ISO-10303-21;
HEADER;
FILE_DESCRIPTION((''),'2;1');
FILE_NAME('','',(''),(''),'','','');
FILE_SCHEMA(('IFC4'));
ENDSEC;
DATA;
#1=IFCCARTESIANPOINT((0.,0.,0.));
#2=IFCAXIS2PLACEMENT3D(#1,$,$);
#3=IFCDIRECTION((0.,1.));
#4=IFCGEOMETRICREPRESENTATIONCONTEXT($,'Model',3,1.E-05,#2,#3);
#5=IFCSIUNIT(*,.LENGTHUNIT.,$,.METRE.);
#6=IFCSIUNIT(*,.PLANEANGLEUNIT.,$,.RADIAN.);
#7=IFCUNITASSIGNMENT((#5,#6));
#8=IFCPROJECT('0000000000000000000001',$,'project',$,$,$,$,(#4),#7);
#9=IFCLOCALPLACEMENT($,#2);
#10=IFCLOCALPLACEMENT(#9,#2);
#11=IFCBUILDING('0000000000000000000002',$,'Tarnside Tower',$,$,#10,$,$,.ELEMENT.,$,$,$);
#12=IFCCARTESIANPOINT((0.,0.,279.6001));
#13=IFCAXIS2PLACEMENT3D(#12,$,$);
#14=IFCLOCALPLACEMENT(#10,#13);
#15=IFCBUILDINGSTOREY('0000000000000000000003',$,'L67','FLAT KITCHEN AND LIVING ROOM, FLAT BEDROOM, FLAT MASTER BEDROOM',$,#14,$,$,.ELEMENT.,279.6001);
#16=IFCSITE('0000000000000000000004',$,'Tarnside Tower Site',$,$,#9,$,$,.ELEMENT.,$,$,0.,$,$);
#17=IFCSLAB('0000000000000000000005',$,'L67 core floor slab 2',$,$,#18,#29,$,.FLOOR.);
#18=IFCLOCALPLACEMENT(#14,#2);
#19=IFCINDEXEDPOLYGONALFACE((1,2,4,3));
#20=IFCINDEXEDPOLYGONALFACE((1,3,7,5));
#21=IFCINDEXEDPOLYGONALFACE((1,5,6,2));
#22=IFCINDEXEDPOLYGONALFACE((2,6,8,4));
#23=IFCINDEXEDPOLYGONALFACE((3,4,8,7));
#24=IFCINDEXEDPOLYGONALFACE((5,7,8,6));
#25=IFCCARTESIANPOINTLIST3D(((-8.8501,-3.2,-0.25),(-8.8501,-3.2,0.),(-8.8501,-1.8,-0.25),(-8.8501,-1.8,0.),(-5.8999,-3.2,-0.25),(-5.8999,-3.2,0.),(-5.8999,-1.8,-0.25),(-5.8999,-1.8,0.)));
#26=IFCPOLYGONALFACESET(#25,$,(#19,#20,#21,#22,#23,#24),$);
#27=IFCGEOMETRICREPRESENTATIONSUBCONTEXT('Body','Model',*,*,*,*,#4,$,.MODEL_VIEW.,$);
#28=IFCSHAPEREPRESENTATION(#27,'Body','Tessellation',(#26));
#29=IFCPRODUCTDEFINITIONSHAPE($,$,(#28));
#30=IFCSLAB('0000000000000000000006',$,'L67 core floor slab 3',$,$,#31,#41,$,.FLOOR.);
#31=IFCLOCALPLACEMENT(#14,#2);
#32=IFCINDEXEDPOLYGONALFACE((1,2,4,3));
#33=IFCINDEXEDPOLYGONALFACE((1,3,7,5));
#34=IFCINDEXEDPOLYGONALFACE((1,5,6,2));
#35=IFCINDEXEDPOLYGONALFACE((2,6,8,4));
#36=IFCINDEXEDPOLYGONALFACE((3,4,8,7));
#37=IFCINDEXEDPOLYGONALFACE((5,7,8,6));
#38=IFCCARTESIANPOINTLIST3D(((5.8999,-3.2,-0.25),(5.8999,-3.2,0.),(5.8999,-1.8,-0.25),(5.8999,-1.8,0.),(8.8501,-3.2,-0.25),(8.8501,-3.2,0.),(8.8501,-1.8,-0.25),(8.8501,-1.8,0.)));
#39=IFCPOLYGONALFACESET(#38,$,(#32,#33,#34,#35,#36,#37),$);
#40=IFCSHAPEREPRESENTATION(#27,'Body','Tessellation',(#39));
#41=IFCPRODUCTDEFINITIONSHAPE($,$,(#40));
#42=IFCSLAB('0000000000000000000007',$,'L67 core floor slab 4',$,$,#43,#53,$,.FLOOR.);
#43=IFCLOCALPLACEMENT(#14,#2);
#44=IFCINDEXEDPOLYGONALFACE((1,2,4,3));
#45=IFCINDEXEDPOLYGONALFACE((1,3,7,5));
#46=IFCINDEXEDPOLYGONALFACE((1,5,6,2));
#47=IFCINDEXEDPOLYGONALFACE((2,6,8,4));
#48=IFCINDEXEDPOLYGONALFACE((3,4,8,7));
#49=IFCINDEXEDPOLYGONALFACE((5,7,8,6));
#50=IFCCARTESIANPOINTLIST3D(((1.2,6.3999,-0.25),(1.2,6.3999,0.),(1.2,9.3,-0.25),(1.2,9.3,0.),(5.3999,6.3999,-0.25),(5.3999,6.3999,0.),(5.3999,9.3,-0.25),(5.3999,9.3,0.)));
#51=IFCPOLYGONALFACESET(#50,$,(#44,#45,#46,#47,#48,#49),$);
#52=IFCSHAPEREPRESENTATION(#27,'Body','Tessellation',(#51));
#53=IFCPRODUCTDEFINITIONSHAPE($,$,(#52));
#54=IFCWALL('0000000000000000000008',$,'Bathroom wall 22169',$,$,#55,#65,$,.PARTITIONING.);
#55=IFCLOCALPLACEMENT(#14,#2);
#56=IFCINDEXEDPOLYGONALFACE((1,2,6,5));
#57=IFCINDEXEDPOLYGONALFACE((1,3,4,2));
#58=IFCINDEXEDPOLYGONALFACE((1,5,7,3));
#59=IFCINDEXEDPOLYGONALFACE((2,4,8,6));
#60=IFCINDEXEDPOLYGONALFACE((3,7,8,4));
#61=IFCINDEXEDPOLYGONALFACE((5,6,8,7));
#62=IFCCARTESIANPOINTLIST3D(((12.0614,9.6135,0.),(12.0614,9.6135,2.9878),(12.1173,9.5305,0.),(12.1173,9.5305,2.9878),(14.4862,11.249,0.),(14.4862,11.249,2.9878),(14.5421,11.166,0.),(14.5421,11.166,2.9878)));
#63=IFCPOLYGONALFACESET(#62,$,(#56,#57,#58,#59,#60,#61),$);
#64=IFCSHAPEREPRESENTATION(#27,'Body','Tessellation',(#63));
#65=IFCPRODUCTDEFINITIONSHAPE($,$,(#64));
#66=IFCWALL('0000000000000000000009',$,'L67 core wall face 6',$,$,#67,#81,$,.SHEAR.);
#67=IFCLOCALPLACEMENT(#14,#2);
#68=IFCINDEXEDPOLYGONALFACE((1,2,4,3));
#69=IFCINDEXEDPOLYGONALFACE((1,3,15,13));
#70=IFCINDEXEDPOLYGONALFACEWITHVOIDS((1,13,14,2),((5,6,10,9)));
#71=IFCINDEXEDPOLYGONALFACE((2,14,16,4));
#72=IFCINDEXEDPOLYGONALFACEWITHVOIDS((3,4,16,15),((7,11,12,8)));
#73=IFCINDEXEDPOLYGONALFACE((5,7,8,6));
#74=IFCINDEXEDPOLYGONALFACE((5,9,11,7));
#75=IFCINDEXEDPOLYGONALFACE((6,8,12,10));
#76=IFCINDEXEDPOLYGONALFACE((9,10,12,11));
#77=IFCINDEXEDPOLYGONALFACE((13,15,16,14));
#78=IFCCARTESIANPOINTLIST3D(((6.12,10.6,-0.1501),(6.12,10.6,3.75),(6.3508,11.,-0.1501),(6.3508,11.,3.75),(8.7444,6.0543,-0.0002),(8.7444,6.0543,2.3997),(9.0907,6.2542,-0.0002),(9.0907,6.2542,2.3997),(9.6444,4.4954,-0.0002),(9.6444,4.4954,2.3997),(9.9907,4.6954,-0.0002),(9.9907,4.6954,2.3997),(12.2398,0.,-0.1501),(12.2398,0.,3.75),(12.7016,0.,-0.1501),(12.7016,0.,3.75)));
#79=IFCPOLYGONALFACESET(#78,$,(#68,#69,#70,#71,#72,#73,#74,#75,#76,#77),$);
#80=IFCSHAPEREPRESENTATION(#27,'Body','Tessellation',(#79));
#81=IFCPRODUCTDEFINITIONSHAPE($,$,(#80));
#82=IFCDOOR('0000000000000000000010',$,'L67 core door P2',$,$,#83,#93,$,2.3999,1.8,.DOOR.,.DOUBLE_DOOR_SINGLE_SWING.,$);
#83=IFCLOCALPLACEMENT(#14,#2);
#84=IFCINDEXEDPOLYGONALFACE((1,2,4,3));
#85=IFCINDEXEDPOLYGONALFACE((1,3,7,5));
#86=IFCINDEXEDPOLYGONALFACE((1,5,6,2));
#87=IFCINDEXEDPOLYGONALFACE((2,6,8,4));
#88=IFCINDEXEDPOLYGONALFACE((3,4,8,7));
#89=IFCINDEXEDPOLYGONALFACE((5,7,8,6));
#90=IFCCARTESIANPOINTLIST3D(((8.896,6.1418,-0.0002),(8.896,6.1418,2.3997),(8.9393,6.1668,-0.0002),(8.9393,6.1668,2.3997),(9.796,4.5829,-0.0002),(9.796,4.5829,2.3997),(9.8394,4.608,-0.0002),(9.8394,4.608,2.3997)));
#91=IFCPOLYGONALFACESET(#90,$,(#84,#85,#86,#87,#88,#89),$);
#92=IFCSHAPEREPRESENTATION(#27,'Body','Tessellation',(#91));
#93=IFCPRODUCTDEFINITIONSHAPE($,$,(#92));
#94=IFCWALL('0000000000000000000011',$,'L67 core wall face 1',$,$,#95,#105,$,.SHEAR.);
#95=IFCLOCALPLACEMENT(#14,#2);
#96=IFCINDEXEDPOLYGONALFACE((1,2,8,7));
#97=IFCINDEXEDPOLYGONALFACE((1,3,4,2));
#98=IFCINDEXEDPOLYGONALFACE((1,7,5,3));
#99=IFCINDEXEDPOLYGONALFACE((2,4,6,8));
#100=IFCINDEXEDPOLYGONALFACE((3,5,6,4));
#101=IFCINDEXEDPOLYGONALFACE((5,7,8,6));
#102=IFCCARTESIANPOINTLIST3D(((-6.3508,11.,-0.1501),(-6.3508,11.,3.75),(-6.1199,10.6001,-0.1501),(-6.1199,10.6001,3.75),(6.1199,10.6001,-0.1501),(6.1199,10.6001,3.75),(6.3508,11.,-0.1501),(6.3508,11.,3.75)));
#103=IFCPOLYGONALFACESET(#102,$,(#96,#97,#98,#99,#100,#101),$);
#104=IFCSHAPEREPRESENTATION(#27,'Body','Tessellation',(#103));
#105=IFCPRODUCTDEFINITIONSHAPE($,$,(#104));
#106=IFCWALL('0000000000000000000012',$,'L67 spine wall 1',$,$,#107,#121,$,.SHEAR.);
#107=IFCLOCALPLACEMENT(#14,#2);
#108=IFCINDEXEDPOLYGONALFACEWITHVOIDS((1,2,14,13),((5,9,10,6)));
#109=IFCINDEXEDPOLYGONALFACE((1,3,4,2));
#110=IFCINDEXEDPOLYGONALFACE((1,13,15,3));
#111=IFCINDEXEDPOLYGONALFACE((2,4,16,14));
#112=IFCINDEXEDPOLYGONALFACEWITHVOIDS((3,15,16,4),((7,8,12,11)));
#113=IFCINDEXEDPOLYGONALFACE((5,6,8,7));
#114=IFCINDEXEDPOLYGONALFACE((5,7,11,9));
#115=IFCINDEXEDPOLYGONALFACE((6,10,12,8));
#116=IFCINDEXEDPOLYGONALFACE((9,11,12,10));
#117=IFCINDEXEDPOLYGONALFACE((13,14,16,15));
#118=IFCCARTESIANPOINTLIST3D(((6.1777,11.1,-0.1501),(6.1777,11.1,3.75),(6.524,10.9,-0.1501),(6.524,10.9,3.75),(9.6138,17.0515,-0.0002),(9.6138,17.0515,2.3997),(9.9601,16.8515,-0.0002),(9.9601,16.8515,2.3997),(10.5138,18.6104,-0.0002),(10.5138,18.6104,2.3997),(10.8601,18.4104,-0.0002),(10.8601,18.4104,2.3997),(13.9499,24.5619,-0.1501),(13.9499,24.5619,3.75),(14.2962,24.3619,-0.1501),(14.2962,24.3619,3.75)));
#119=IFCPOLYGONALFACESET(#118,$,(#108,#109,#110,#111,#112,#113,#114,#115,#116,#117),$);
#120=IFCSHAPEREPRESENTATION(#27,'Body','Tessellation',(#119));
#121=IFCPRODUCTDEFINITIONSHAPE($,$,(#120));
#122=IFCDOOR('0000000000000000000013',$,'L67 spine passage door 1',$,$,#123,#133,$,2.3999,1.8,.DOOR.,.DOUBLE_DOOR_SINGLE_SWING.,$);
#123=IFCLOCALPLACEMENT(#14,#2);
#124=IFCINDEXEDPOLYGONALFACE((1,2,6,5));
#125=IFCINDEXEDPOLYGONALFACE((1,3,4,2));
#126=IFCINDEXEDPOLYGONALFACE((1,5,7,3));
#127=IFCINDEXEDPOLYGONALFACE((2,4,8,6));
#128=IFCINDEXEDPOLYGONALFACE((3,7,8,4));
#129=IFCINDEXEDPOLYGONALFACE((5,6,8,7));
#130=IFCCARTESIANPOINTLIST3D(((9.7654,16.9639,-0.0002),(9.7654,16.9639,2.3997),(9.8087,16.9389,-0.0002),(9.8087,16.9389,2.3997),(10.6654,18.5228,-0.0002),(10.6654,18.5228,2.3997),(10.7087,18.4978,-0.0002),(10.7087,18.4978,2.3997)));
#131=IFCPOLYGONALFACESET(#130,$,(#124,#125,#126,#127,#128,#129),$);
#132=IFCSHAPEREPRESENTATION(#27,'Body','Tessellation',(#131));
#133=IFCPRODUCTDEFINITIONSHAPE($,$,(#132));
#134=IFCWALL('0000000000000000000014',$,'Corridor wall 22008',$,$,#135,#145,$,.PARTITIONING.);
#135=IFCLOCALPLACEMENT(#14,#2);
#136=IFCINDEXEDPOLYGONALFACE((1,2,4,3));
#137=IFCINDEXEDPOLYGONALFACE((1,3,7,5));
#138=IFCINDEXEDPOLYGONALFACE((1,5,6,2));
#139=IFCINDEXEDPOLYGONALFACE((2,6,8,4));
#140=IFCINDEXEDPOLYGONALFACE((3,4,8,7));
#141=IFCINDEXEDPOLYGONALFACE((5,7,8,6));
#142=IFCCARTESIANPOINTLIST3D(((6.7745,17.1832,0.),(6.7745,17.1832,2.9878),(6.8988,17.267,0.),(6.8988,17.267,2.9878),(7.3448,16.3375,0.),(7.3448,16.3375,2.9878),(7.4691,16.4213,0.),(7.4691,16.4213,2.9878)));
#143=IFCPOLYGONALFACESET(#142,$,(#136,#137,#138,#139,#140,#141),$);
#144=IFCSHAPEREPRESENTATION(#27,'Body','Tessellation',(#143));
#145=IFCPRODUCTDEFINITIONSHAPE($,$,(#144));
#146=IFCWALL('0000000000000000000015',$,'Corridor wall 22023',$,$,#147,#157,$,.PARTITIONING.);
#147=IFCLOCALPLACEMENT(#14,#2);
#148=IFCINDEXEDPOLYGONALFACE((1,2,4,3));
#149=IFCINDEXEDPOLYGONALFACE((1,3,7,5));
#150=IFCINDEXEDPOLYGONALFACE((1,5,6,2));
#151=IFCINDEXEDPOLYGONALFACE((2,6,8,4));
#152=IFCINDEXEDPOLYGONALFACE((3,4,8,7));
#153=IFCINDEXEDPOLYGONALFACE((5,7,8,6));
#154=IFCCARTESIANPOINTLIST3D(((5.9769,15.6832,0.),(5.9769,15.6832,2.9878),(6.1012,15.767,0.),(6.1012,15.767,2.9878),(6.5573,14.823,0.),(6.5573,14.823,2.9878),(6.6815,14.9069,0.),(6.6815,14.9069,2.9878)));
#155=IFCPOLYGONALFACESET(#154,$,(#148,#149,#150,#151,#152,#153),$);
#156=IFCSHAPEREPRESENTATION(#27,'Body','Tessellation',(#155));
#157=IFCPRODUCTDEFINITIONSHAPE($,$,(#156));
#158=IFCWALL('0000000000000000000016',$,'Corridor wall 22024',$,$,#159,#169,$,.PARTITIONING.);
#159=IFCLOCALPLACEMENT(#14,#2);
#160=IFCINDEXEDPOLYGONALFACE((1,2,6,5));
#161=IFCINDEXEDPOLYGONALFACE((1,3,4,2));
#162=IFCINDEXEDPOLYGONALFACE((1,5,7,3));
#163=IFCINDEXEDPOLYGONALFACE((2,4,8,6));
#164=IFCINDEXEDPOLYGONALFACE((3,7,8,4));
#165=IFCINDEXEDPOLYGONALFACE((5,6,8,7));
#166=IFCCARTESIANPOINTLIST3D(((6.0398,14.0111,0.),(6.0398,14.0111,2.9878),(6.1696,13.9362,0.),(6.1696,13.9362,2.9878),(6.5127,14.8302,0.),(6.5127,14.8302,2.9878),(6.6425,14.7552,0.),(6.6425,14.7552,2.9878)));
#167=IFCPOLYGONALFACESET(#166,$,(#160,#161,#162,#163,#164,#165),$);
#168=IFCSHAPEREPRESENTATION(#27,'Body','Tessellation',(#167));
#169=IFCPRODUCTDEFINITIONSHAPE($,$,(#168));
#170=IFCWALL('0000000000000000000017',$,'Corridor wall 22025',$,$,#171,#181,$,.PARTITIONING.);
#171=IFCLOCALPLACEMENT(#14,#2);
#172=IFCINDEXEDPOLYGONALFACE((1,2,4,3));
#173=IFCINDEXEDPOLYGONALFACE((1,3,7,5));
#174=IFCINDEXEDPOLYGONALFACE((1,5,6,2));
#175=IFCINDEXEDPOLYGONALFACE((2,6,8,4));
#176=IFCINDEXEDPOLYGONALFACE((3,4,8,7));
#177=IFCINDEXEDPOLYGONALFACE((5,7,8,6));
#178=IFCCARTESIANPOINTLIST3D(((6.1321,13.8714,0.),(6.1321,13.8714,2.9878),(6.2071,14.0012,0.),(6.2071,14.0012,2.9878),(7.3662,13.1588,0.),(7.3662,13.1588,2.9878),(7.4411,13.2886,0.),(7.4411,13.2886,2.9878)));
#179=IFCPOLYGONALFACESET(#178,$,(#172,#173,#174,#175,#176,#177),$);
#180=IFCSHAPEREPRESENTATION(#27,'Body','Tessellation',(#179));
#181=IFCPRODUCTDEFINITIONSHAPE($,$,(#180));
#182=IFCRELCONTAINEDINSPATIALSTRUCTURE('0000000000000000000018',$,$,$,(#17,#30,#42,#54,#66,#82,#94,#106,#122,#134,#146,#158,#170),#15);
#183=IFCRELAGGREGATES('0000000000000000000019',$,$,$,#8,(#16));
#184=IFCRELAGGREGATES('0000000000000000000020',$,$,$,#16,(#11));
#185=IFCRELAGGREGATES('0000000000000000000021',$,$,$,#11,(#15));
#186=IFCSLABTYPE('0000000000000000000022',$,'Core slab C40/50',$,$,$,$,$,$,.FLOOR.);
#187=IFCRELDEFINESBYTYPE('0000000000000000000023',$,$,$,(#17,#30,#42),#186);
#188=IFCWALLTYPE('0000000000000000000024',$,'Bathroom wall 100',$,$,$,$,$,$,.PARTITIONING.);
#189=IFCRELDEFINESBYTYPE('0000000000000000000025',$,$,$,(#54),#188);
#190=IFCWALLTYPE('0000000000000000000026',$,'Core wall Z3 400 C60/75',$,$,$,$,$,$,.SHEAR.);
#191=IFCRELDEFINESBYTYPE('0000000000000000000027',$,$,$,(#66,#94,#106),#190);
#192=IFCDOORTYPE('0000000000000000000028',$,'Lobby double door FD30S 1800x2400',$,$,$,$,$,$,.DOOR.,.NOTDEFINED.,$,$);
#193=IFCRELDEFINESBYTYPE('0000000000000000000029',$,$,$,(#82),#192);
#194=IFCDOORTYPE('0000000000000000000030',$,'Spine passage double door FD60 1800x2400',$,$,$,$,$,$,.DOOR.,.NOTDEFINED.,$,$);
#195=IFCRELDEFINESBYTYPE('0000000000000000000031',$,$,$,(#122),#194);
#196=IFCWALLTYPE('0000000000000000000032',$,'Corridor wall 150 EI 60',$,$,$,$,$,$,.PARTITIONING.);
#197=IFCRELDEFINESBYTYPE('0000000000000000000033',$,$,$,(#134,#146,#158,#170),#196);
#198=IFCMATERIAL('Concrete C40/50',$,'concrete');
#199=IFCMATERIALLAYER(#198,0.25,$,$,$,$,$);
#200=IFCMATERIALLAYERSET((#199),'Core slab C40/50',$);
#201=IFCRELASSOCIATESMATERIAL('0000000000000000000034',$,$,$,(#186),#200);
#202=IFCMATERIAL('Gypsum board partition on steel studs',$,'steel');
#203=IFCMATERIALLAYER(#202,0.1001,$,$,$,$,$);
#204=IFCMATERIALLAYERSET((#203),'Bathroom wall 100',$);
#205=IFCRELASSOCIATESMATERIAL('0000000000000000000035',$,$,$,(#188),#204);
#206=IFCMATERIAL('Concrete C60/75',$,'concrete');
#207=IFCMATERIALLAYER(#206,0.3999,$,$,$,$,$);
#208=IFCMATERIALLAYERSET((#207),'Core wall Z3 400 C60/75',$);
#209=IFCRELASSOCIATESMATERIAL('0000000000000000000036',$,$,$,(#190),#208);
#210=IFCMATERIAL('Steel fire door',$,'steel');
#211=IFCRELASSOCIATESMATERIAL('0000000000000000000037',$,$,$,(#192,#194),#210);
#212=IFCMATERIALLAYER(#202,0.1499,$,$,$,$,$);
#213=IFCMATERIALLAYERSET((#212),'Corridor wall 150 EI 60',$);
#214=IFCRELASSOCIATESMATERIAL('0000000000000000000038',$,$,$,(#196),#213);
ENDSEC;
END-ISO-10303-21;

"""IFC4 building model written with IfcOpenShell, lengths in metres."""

from ifc_helpers import new_model, si_unit, direction, frame, frame_2d, origin, place, context, subcontext, project, spatial, polyline, rectangle, outline, extrude, material, layer, layer_set, type_object, element, fill, save


model = new_model("IFC4")

# Units and contexts
model_context = context("Model", 3, precision=1e-05, world=origin(), true_north=direction((0.0, 1.0)))
body_context = subcontext(model_context, "Body", "Model", "MODEL_VIEW")
ifc_project = project(units=[si_unit("LENGTHUNIT", "METRE"), si_unit("PLANEANGLEUNIT", "RADIAN")], contexts=[model_context])

# Site, building, storey
site_placement = place(None, origin())
site = spatial("IfcSite", under=ifc_project, at=site_placement, Name="Tarnside Tower Site", CompositionType="ELEMENT", RefElevation=0.0)
building_placement = place(site_placement, origin())
building = spatial("IfcBuilding", under=site, at=building_placement, Name="Tarnside Tower", CompositionType="ELEMENT")
storey_placement = place(building_placement, frame((0.0, 0.0, 279.6001)))
storey = spatial("IfcBuildingStorey", under=building, at=storey_placement, Name="L67", Description="FLAT KITCHEN AND LIVING ROOM, FLAT BEDROOM, FLAT MASTER BEDROOM", CompositionType="ELEMENT", Elevation=279.6001)

# Slabs
ifc_material_1 = material(Name="Concrete C40/50", Category="concrete")
ifc_layer_1 = layer(ifc_material_1, 0.25)
ifc_layer_set_1 = layer_set([ifc_layer_1], Name="Core slab C40/50")
slab_type = type_object("IfcSlabType", Name="Core slab C40/50", PredefinedType="FLOOR", material=ifc_layer_set_1)
slab_1_placement = place(storey_placement, frame((0.0, 0.0, -0.25)))
element("IfcSlab", 1, at=slab_1_placement, inside=storey, type_object=slab_type, Name="L67 core floor slab 2", PredefinedType="FLOOR", context=body_context, shape_type="SweptSolid", body=[
    extrude(outline(polyline([(-8.8501, -3.2), (-8.8501, -1.8), (-5.8999, -1.8), (-5.8999, -3.2), (-8.8501, -3.2)])), origin(), (0.0, 0.0, 1.0), 0.25),
])
slab_2_placement = place(storey_placement, frame((0.0, 0.0, -0.25)))
element("IfcSlab", 2, at=slab_2_placement, inside=storey, type_object=slab_type, Name="L67 core floor slab 3", PredefinedType="FLOOR", context=body_context, shape_type="SweptSolid", body=[
    extrude(outline(polyline([(5.8999, -1.8), (8.8501, -1.8), (8.8501, -3.2), (5.8999, -3.2), (5.8999, -1.8)])), origin(), (0.0, 0.0, 1.0), 0.25),
])
slab_3_placement = place(storey_placement, frame((0.0, 0.0, -0.25)))
element("IfcSlab", 3, at=slab_3_placement, inside=storey, type_object=slab_type, Name="L67 core floor slab 4", PredefinedType="FLOOR", context=body_context, shape_type="SweptSolid", body=[
    extrude(outline(polyline([(5.3999, 6.3999), (1.2, 6.3999), (1.2, 9.3), (5.3999, 9.3), (5.3999, 6.3999)])), origin(), (0.0, 0.0, 1.0), 0.25),
])

# Wall
ifc_material_2 = material(Name="Gypsum board partition on steel studs", Category="steel")
ifc_layer_2 = layer(ifc_material_2, 0.1001)
ifc_layer_set_2 = layer_set([ifc_layer_2], Name="Bathroom wall 100")
wall_type_1 = type_object("IfcWallType", Name="Bathroom wall 100", PredefinedType="PARTITIONING", material=ifc_layer_set_2)
wall_1_placement = place(storey_placement, frame((12.0894, 9.572, 0.0), z_axis=(0.0, 0.0, 1.0), x_axis=(0.829046, 0.55918, 0.0)))
element("IfcWall", 4, at=wall_1_placement, inside=storey, type_object=wall_type_1, Name="Bathroom wall 22169", PredefinedType="PARTITIONING", context=body_context, shape_type="SweptSolid", body=[
    extrude(rectangle(XDim=2.9248, YDim=0.1001, at=frame_2d((1.4624, 0.0))), origin(), (0.0, 0.0, 1.0), 2.9878),
])

# Wall, opening, door
ifc_material_3 = material(Name="Concrete C60/75", Category="concrete")
ifc_layer_3 = layer(ifc_material_3, 0.3999)
ifc_layer_set_3 = layer_set([ifc_layer_3], Name="Core wall Z3 400 C60/75")
wall_type_2 = type_object("IfcWallType", Name="Core wall Z3 400 C60/75", PredefinedType="SHEAR", material=ifc_layer_set_3)
wall_2_placement = place(storey_placement, frame((12.4707, 0.0, -0.1501), z_axis=(0.0, 0.0, 1.0), x_axis=(-0.499996, 0.866027, 0.0)))
wall_2 = element("IfcWall", 5, at=wall_2_placement, inside=storey, type_object=wall_type_2, Name="L67 core wall face 6", PredefinedType="SHEAR", context=body_context, shape_type="SweptSolid", body=[
    extrude(outline(polyline([(-0.1155, -0.2), (12.5862, -0.2), (12.3552, 0.2), (0.1155, 0.2), (-0.1155, -0.2)])), origin(), (0.0, 0.0, 1.0), 3.9001),
])
opening_1_placement = place(wall_2_placement, frame((5.3064, 0.0, 0.1499)))
opening_1 = element("IfcOpeningElement", 6, at=opening_1_placement, cuts=wall_2, PredefinedType="OPENING", context=body_context, shape_type="SweptSolid", body=[
    extrude(rectangle(XDim=1.8, YDim=2.3999, at=frame_2d((0.8999, 1.2))), frame((0.0, 0.21, 0.0), z_axis=(0.0, -1.0, 0.0), x_axis=(1.0, 0.0, 0.0)), (0.0, 0.0, 1.0), 0.4199),
])
ifc_material_4 = material(Name="Steel fire door", Category="steel")
door_type_1 = type_object("IfcDoorType", Name="Lobby double door FD30S 1800x2400", OperationType="NOTDEFINED", PredefinedType="DOOR", material=ifc_material_4)
door_1_placement = place(opening_1_placement, origin())
door_1 = element("IfcDoor", 7, at=door_1_placement, inside=storey, type_object=door_type_1, Name="L67 core door P2", OperationType="DOUBLE_DOOR_SINGLE_SWING", OverallHeight=2.3999, OverallWidth=1.8, PredefinedType="DOOR", context=body_context, shape_type="SweptSolid", body=[
    extrude(rectangle(XDim=1.8, YDim=2.3999, at=frame_2d((0.8999, 1.2))), frame((0.0, 0.0249, 0.0), z_axis=(0.0, -1.0, 0.0), x_axis=(1.0, 0.0, 0.0)), (0.0, 0.0, 1.0), 0.05),
])
fill(opening_1, door_1)

# Wall
wall_3_placement = place(storey_placement, frame((6.2354, 10.8, -0.1501), z_axis=(0.0, 0.0, 1.0), x_axis=(-1.0, 0.0, 0.0)))
element("IfcWall", 8, at=wall_3_placement, inside=storey, type_object=wall_type_2, Name="L67 core wall face 1", PredefinedType="SHEAR", context=body_context, shape_type="SweptSolid", body=[
    extrude(outline(polyline([(-0.1155, -0.2), (12.5862, -0.2), (12.3552, 0.2), (0.1155, 0.2), (-0.1155, -0.2)])), origin(), (0.0, 0.0, 1.0), 3.9001),
])

# Wall, opening, door
wall_4_placement = place(storey_placement, frame((6.3508, 11.0, -0.1501), z_axis=(0.0, 0.0, 1.0), x_axis=(0.499999, 0.866026, 0.0)))
wall_4 = element("IfcWall", 9, at=wall_4_placement, inside=storey, type_object=wall_type_2, Name="L67 spine wall 1", PredefinedType="SHEAR", context=body_context, shape_type="SweptSolid", body=[
    extrude(rectangle(XDim=15.5444, YDim=0.3999, at=frame_2d((7.7722, 0.0))), origin(), (0.0, 0.0, 1.0), 3.9001),
])
opening_2_placement = place(wall_4_placement, frame((6.8723, 0.0, 0.1499)))
opening_2 = element("IfcOpeningElement", 10, at=opening_2_placement, cuts=wall_4, PredefinedType="OPENING", context=body_context, shape_type="SweptSolid", body=[
    extrude(rectangle(XDim=1.8, YDim=2.3999, at=frame_2d((0.8999, 1.2))), frame((0.0, 0.21, 0.0), z_axis=(0.0, -1.0, 0.0), x_axis=(1.0, 0.0, 0.0)), (0.0, 0.0, 1.0), 0.4199),
])
door_type_2 = type_object("IfcDoorType", Name="Spine passage double door FD60 1800x2400", OperationType="NOTDEFINED", PredefinedType="DOOR", material=ifc_material_4)
door_2_placement = place(opening_2_placement, origin())
door_2 = element("IfcDoor", 11, at=door_2_placement, inside=storey, type_object=door_type_2, Name="L67 spine passage door 1", OperationType="DOUBLE_DOOR_SINGLE_SWING", OverallHeight=2.3999, OverallWidth=1.8, PredefinedType="DOOR", context=body_context, shape_type="SweptSolid", body=[
    extrude(rectangle(XDim=1.8, YDim=2.3999, at=frame_2d((0.8999, 1.2))), frame((0.0, 0.0249, 0.0), z_axis=(0.0, -1.0, 0.0), x_axis=(1.0, 0.0, 0.0)), (0.0, 0.0, 1.0), 0.05),
])
fill(opening_2, door_2)

# Walls
ifc_layer_4 = layer(ifc_material_2, 0.1499)
ifc_layer_set_4 = layer_set([ifc_layer_4], Name="Corridor wall 150 EI 60")
wall_type_3 = type_object("IfcWallType", Name="Corridor wall 150 EI 60", PredefinedType="PARTITIONING", material=ifc_layer_set_4)
wall_5_placement = place(storey_placement, frame((7.407, 16.3794, 0.0), z_axis=(0.0, 0.0, 1.0), x_axis=(-0.559111, 0.829093, 0.0)))
element("IfcWall", 12, at=wall_5_placement, inside=storey, type_object=wall_type_3, Name="Corridor wall 22008", PredefinedType="PARTITIONING", context=body_context, shape_type="SweptSolid", body=[
    extrude(rectangle(XDim=1.02, YDim=0.1499, at=frame_2d((0.51, 0.0))), origin(), (0.0, 0.0, 1.0), 2.9878),
])
wall_6_placement = place(storey_placement, frame((6.0391, 15.7251, 0.0), z_axis=(0.0, 0.0, 1.0), x_axis=(0.559307, -0.82896, 0.0)))
element("IfcWall", 13, at=wall_6_placement, inside=storey, type_object=wall_type_3, Name="Corridor wall 22023", PredefinedType="PARTITIONING", context=body_context, shape_type="SweptSolid", body=[
    extrude(rectangle(XDim=1.0376, YDim=0.1499, at=frame_2d((0.5188, 0.0))), origin(), (0.0, 0.0, 1.0), 2.9878),
])
wall_7_placement = place(storey_placement, frame((6.5776, 14.7927, 0.0), z_axis=(0.0, 0.0, 1.0), x_axis=(-0.499998, -0.866027, 0.0)))
element("IfcWall", 14, at=wall_7_placement, inside=storey, type_object=wall_type_3, Name="Corridor wall 22024", PredefinedType="PARTITIONING", context=body_context, shape_type="SweptSolid", body=[
    extrude(rectangle(XDim=0.9458, YDim=0.1499, at=frame_2d((0.4729, 0.0))), origin(), (0.0, 0.0, 1.0), 2.9878),
])
wall_8_placement = place(storey_placement, frame((6.1697, 13.9363, 0.0), z_axis=(0.0, 0.0, 1.0), x_axis=(0.865989, -0.500064, 0.0)))
element("IfcWall", 15, at=wall_8_placement, inside=storey, type_object=wall_type_3, Name="Corridor wall 22025", PredefinedType="PARTITIONING", context=body_context, shape_type="SweptSolid", body=[
    extrude(rectangle(XDim=1.425, YDim=0.1499, at=frame_2d((0.7124, 0.0))), origin(), (0.0, 0.0, 1.0), 2.9878),
])

save(model, "model.ifc")
